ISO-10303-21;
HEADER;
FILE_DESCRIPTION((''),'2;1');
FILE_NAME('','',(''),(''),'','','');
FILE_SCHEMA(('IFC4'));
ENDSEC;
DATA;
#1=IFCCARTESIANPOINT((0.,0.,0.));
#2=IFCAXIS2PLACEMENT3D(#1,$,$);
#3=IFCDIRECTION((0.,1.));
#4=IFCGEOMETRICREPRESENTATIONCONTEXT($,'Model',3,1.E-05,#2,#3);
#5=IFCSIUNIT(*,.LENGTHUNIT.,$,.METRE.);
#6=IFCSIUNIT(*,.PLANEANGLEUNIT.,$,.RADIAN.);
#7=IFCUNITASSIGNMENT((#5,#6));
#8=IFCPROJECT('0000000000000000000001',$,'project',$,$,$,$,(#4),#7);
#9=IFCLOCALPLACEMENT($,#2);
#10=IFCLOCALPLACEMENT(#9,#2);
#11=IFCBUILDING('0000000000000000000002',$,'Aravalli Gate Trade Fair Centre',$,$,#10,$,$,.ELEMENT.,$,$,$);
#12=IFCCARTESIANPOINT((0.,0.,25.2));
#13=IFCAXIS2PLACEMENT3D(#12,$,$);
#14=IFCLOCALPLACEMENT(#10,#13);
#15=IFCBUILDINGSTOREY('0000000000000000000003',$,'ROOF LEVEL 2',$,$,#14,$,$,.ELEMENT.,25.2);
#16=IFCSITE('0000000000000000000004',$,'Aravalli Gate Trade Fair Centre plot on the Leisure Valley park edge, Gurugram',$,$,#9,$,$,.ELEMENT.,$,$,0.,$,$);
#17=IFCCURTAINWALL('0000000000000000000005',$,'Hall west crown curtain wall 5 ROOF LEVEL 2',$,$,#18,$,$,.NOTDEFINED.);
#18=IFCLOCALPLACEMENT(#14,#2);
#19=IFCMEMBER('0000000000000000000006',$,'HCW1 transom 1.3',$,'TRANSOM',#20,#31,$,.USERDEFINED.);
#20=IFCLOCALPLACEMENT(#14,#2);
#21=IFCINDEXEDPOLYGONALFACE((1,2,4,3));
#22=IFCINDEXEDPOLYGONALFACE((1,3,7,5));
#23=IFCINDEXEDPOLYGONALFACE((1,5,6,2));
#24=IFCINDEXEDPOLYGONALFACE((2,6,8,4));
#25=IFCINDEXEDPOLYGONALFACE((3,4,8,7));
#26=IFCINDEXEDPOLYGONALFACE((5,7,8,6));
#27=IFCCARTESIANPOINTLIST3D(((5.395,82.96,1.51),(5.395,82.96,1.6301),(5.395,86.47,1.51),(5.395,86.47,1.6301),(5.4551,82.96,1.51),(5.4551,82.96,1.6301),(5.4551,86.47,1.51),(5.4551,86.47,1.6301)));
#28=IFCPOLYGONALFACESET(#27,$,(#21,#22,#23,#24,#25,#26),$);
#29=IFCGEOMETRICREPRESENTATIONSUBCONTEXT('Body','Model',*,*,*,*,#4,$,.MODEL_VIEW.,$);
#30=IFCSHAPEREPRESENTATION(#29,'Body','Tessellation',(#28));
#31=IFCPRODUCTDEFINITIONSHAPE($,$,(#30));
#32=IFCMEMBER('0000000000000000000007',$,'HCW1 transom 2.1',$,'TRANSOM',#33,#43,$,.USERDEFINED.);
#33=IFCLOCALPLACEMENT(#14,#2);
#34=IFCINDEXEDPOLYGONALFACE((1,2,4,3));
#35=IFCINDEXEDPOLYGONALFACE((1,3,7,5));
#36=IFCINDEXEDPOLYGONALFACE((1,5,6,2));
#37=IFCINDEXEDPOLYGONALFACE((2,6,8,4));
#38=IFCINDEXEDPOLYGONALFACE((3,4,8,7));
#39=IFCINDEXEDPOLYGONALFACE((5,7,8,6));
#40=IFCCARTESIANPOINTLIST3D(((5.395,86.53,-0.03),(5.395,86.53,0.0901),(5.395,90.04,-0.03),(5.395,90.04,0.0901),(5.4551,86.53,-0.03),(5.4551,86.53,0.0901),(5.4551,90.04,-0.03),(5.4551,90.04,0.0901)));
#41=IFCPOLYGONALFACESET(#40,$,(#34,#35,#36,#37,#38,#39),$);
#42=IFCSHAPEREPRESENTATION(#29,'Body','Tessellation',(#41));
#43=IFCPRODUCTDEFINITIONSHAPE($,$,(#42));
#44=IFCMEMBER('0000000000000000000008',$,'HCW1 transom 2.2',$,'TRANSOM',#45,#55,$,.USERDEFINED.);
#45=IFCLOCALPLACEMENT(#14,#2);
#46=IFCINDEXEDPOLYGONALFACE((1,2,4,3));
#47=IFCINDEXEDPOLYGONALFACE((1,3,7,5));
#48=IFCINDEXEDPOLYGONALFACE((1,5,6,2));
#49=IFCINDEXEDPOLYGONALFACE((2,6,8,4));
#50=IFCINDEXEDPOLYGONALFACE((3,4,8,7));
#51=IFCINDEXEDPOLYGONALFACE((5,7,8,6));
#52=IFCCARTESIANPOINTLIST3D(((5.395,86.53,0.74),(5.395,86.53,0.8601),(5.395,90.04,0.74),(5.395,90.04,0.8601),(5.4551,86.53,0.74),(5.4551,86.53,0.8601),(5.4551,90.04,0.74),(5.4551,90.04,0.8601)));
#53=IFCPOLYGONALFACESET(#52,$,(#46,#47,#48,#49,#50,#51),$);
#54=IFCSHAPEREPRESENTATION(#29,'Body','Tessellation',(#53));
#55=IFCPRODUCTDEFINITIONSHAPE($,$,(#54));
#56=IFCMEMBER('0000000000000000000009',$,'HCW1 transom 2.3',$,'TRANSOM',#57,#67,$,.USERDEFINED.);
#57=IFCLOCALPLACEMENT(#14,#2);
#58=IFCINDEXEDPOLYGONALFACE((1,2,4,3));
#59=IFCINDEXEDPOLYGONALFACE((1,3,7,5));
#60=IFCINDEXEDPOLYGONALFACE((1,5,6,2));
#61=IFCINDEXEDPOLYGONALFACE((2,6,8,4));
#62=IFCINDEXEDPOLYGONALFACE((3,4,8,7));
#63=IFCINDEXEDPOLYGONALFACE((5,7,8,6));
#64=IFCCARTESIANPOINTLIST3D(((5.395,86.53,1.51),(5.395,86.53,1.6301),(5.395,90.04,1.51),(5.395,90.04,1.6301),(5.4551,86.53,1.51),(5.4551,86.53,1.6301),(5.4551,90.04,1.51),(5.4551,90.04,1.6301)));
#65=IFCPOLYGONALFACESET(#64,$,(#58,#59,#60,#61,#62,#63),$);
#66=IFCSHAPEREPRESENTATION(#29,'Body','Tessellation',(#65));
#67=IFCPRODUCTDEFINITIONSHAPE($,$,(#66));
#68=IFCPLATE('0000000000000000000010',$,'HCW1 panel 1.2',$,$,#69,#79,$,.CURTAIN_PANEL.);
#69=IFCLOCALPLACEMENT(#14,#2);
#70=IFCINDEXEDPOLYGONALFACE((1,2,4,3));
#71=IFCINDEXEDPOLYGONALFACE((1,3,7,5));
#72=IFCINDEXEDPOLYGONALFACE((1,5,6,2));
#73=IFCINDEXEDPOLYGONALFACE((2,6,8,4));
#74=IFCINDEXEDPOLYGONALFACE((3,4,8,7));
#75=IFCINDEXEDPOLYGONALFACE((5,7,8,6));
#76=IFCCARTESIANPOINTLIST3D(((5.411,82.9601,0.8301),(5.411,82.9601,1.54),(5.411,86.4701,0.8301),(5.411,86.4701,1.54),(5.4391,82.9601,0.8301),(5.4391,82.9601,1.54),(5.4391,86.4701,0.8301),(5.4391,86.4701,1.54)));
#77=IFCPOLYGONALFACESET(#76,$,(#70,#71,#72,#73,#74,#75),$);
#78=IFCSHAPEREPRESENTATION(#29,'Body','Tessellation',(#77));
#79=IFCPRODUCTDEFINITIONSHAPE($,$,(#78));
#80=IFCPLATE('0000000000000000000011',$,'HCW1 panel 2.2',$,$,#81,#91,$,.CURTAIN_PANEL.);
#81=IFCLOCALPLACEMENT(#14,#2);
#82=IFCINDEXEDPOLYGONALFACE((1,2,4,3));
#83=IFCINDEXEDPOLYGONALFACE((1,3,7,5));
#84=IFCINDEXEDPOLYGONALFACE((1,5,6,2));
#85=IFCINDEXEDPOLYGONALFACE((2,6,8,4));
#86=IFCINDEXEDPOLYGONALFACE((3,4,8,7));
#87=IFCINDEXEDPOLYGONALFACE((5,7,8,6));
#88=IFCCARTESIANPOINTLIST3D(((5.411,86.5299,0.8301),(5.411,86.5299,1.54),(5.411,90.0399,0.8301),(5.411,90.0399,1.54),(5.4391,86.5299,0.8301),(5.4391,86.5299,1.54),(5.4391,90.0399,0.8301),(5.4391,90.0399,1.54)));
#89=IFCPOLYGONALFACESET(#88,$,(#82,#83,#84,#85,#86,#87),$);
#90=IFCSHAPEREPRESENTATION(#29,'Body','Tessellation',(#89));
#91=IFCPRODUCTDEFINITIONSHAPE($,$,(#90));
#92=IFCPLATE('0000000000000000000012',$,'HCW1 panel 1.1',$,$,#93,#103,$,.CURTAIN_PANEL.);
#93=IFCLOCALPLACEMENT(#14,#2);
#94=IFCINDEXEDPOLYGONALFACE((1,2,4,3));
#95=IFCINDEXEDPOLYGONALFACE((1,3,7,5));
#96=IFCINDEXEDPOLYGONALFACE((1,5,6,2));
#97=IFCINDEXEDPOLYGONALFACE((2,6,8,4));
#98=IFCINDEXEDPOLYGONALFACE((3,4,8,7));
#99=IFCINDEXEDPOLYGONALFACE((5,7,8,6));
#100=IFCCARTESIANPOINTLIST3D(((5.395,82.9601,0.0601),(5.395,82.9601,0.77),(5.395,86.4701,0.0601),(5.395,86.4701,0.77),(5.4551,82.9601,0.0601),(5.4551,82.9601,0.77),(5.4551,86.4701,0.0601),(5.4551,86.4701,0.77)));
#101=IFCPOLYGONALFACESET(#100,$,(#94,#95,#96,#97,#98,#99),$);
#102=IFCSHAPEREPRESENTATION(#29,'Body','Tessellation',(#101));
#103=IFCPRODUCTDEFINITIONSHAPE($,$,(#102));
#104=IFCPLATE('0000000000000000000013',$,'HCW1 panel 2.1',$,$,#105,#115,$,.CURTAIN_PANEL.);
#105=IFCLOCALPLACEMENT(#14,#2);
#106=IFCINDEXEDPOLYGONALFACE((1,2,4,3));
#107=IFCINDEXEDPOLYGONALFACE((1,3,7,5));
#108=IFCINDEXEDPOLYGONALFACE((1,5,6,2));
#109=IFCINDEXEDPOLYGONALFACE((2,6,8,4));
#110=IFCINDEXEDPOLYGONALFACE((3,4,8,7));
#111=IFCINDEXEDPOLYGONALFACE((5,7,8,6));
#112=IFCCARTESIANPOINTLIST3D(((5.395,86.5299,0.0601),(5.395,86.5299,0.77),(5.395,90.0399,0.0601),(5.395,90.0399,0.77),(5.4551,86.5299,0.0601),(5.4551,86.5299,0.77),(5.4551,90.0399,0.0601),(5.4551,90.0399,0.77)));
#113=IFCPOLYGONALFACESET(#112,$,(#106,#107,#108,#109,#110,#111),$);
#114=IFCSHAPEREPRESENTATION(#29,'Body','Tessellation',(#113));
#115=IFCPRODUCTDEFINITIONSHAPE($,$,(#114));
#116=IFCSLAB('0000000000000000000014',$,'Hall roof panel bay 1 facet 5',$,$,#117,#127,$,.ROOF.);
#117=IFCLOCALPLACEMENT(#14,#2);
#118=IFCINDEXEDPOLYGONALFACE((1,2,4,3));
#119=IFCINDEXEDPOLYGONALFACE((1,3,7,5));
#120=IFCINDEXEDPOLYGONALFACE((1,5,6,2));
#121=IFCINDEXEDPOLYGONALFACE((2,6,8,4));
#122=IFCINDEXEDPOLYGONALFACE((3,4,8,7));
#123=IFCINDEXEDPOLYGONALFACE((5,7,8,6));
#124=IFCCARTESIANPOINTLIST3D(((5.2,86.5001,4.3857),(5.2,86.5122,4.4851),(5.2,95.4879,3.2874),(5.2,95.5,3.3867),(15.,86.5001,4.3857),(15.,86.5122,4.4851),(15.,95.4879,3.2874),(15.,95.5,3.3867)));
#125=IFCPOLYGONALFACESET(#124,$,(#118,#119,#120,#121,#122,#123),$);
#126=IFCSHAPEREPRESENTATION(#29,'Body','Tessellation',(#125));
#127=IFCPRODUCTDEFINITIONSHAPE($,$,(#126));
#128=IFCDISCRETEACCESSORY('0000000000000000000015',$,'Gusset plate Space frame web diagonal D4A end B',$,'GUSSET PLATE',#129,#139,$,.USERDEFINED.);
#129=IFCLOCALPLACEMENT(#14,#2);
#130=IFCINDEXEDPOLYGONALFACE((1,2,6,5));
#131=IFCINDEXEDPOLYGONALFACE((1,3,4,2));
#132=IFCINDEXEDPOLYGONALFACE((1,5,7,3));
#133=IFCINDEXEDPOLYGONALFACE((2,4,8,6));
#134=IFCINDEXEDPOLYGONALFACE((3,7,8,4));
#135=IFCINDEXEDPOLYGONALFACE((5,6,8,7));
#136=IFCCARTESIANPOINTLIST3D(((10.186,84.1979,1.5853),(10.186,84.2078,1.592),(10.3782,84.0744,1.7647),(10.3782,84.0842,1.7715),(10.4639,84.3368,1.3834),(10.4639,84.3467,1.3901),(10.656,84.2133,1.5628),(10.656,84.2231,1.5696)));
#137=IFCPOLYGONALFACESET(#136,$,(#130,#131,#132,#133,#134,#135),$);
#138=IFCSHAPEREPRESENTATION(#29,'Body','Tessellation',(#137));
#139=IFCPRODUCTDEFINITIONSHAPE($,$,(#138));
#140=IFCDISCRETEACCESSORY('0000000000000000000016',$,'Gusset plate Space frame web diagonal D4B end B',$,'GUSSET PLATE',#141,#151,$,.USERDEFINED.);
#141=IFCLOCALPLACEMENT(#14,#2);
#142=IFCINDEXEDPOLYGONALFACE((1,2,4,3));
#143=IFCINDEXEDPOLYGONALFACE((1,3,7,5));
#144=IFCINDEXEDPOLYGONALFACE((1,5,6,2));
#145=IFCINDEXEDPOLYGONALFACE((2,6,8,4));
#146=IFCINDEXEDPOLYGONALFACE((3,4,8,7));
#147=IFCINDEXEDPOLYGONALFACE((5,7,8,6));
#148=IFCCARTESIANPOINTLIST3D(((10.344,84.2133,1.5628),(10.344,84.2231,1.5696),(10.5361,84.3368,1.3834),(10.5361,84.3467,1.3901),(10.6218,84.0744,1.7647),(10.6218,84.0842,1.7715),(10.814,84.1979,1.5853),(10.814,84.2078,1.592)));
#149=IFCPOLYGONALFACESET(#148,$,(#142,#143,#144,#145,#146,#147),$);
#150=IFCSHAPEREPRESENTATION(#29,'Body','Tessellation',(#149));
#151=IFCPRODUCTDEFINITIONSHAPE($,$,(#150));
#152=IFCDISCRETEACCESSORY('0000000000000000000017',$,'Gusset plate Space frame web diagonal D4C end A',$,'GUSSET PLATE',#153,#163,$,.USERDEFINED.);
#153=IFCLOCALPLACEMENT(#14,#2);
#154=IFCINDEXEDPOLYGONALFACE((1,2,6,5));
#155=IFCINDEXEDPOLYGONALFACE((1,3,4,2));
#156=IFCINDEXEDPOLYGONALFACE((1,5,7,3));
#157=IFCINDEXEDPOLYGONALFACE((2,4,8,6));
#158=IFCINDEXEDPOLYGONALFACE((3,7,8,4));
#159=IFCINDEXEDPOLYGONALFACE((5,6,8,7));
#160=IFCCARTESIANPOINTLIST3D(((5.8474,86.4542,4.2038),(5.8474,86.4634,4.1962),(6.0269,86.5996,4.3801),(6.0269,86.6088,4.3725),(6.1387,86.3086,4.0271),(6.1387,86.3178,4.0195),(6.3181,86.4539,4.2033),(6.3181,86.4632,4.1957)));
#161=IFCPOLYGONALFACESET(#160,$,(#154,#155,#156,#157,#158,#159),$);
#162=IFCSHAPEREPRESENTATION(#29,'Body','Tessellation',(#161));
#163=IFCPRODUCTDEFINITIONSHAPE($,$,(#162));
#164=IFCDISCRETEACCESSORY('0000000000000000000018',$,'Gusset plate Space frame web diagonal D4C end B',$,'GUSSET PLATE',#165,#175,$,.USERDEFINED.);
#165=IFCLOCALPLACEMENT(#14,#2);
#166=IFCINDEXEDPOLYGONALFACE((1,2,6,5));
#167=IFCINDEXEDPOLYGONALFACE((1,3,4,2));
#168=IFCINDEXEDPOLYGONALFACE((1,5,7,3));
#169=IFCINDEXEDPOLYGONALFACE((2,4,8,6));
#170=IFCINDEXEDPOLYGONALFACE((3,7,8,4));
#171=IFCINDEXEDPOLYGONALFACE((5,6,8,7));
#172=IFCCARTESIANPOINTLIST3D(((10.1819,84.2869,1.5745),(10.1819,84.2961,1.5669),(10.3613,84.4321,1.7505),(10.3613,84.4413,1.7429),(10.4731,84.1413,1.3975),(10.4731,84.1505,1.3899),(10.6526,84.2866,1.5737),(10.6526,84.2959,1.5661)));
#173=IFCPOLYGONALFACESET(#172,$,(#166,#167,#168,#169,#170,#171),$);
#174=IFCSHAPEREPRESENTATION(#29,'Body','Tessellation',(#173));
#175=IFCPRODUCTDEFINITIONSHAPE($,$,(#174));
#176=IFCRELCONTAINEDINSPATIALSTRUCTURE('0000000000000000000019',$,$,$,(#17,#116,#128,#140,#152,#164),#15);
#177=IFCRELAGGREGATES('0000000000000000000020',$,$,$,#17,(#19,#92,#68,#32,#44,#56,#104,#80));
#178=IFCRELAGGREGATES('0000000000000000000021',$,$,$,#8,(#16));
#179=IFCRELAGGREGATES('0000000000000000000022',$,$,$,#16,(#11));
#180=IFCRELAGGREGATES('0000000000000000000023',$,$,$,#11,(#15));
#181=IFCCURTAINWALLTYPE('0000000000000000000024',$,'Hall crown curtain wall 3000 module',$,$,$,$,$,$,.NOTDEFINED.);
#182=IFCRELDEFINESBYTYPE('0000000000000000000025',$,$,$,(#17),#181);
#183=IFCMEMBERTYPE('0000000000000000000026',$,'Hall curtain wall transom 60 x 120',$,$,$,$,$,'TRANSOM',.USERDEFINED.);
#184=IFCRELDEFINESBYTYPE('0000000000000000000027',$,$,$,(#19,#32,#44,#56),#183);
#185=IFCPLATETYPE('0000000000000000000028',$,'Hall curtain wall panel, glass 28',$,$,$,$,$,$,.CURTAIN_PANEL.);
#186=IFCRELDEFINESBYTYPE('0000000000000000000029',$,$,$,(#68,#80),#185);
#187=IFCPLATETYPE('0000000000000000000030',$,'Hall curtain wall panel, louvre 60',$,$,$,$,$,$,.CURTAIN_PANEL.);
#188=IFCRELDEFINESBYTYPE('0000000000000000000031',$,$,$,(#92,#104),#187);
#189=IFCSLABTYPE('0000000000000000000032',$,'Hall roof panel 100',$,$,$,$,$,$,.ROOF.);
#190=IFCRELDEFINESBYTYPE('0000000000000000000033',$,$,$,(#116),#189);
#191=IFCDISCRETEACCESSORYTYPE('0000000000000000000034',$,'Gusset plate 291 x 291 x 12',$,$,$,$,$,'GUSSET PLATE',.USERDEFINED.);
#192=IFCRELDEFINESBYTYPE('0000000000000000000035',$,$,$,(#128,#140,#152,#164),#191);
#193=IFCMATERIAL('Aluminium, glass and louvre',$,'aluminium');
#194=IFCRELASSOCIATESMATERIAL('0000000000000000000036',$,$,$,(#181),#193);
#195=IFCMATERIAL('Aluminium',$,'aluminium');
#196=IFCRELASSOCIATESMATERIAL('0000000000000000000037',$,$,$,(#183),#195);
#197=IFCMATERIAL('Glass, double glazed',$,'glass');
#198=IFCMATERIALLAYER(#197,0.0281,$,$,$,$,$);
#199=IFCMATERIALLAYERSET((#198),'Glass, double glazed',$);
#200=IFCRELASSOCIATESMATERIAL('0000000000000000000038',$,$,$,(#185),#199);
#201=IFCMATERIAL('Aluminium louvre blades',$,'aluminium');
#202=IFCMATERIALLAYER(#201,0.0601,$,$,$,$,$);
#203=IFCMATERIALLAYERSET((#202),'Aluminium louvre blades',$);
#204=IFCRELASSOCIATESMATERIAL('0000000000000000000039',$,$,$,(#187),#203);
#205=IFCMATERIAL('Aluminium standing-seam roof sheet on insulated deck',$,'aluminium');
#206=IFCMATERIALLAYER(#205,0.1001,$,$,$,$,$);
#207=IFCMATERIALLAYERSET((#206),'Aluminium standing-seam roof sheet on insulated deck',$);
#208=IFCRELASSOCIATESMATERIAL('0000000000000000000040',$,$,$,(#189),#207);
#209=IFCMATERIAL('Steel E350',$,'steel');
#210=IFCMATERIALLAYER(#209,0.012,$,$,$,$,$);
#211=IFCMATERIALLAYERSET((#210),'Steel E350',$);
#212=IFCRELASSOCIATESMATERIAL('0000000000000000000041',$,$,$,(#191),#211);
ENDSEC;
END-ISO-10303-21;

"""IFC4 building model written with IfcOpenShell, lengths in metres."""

from ifc_helpers import new_model, si_unit, direction, frame, origin, origin_2d, place, context, subcontext, project, spatial, polyline, rectangle, outline, extrude, material, layer, layer_set, material_profile, profile_set, type_object, element, aggregate, save


model = new_model("IFC4")

# Units and contexts
model_context = context("Model", 3, precision=1e-05, world=origin(), true_north=direction((0.0, 1.0)))
body_context = subcontext(model_context, "Body", "Model", "MODEL_VIEW")
ifc_project = project(units=[si_unit("LENGTHUNIT", "METRE"), si_unit("PLANEANGLEUNIT", "RADIAN")], contexts=[model_context])

# Site, building, storey
site_placement = place(None, origin())
site = spatial("IfcSite", under=ifc_project, at=site_placement, Name="Aravalli Gate Trade Fair Centre plot on the Leisure Valley park edge, Gurugram", CompositionType="ELEMENT", RefElevation=0.0)
building_placement = place(site_placement, origin())
building = spatial("IfcBuilding", under=site, at=building_placement, Name="Aravalli Gate Trade Fair Centre", CompositionType="ELEMENT")
storey_placement = place(building_placement, frame((0.0, 0.0, 25.2)))
storey = spatial("IfcBuildingStorey", under=building, at=storey_placement, Name="ROOF LEVEL 2", CompositionType="ELEMENT", Elevation=25.2)

# Shared definitions
ifc_material_1 = material(Name="Steel E350", Category="steel")

# Curtain wall, members, plates
ifc_material_2 = material(Name="Aluminium, glass and louvre", Category="aluminium")
curtain_wall_type = type_object("IfcCurtainWallType", Name="Hall crown curtain wall 3000 module", PredefinedType="NOTDEFINED", material=ifc_material_2)
curtain_wall_placement = place(storey_placement, origin())
curtain_wall = element("IfcCurtainWall", 1, at=curtain_wall_placement, inside=storey, type_object=curtain_wall_type, Name="Hall west crown curtain wall 5 ROOF LEVEL 2", PredefinedType="NOTDEFINED")
ifc_material_3 = material(Name="Aluminium", Category="aluminium")
ifc_material_profile_1 = material_profile(ifc_material_3, rectangle(XDim=0.0601, YDim=0.1201, at=origin_2d()), Name="Hall curtain wall transom 60 x 120")
ifc_profile_set_1 = profile_set([ifc_material_profile_1], Name="Aluminium")
member_type_1 = type_object("IfcMemberType", Name="Hall curtain wall transom 60 x 120", ElementType="TRANSOM", PredefinedType="USERDEFINED", material=ifc_profile_set_1)
member_1_placement = place(storey_placement, frame((5.425, 82.96, 1.5701), z_axis=(0.0, 1.0, 0.0), x_axis=(-1.0, 0.0, 0.0)))
member_1 = element("IfcMember", 2, at=member_1_placement, type_object=member_type_1, Name="HCW1 transom 1.3", ObjectType="TRANSOM", PredefinedType="USERDEFINED", context=body_context, shape_type="SweptSolid", body=[
    extrude(rectangle(XDim=0.0601, YDim=0.1201, at=origin_2d()), origin(), (0.0, 0.0, 1.0), 3.51),
])
member_2_placement = place(storey_placement, frame((5.425, 86.53, 0.03), z_axis=(0.0, 1.0, 0.0), x_axis=(-1.0, 0.0, 0.0)))
member_2 = element("IfcMember", 3, at=member_2_placement, type_object=member_type_1, Name="HCW1 transom 2.1", ObjectType="TRANSOM", PredefinedType="USERDEFINED", context=body_context, shape_type="SweptSolid", body=[
    extrude(rectangle(XDim=0.0601, YDim=0.1201, at=origin_2d()), origin(), (0.0, 0.0, 1.0), 3.51),
])
member_3_placement = place(storey_placement, frame((5.425, 86.53, 0.8), z_axis=(0.0, 1.0, 0.0), x_axis=(-1.0, 0.0, 0.0)))
member_3 = element("IfcMember", 4, at=member_3_placement, type_object=member_type_1, Name="HCW1 transom 2.2", ObjectType="TRANSOM", PredefinedType="USERDEFINED", context=body_context, shape_type="SweptSolid", body=[
    extrude(rectangle(XDim=0.0601, YDim=0.1201, at=origin_2d()), origin(), (0.0, 0.0, 1.0), 3.51),
])
member_4_placement = place(storey_placement, frame((5.425, 86.53, 1.5701), z_axis=(0.0, 1.0, 0.0), x_axis=(-1.0, 0.0, 0.0)))
member_4 = element("IfcMember", 5, at=member_4_placement, type_object=member_type_1, Name="HCW1 transom 2.3", ObjectType="TRANSOM", PredefinedType="USERDEFINED", context=body_context, shape_type="SweptSolid", body=[
    extrude(rectangle(XDim=0.0601, YDim=0.1201, at=origin_2d()), origin(), (0.0, 0.0, 1.0), 3.51),
])
ifc_material_4 = material(Name="Glass, double glazed", Category="glass")
ifc_layer_1 = layer(ifc_material_4, 0.0281)
ifc_layer_set_1 = layer_set([ifc_layer_1], Name="Glass, double glazed")
plate_type_1 = type_object("IfcPlateType", Name="Hall curtain wall panel, glass 28", PredefinedType="CURTAIN_PANEL", material=ifc_layer_set_1)
plate_1_placement = place(storey_placement, frame((5.425, 84.7151, 0.8301), z_axis=(0.0, 0.0, 1.0), x_axis=(0.0, 1.0, 0.0)))
plate_1 = element("IfcPlate", 6, at=plate_1_placement, type_object=plate_type_1, Name="HCW1 panel 1.2", PredefinedType="CURTAIN_PANEL", context=body_context, shape_type="SweptSolid", body=[
    extrude(rectangle(XDim=3.51, YDim=0.0281, at=origin_2d()), origin(), (0.0, 0.0, 1.0), 0.71),
])
plate_2_placement = place(storey_placement, frame((5.425, 88.2849, 0.8301), z_axis=(0.0, 0.0, 1.0), x_axis=(0.0, 1.0, 0.0)))
plate_2 = element("IfcPlate", 7, at=plate_2_placement, type_object=plate_type_1, Name="HCW1 panel 2.2", PredefinedType="CURTAIN_PANEL", context=body_context, shape_type="SweptSolid", body=[
    extrude(rectangle(XDim=3.51, YDim=0.0281, at=origin_2d()), origin(), (0.0, 0.0, 1.0), 0.71),
])
ifc_material_5 = material(Name="Aluminium louvre blades", Category="aluminium")
ifc_layer_2 = layer(ifc_material_5, 0.0601)
ifc_layer_set_2 = layer_set([ifc_layer_2], Name="Aluminium louvre blades")
plate_type_2 = type_object("IfcPlateType", Name="Hall curtain wall panel, louvre 60", PredefinedType="CURTAIN_PANEL", material=ifc_layer_set_2)
plate_3_placement = place(storey_placement, frame((5.425, 84.7151, 0.0601), z_axis=(0.0, 0.0, 1.0), x_axis=(0.0, 1.0, 0.0)))
plate_3 = element("IfcPlate", 8, at=plate_3_placement, type_object=plate_type_2, Name="HCW1 panel 1.1", PredefinedType="CURTAIN_PANEL", context=body_context, shape_type="SweptSolid", body=[
    extrude(rectangle(XDim=3.51, YDim=0.0601, at=origin_2d()), origin(), (0.0, 0.0, 1.0), 0.71),
])
plate_4_placement = place(storey_placement, frame((5.425, 88.2849, 0.0601), z_axis=(0.0, 0.0, 1.0), x_axis=(0.0, 1.0, 0.0)))
plate_4 = element("IfcPlate", 9, at=plate_4_placement, type_object=plate_type_2, Name="HCW1 panel 2.1", PredefinedType="CURTAIN_PANEL", context=body_context, shape_type="SweptSolid", body=[
    extrude(rectangle(XDim=3.51, YDim=0.0601, at=origin_2d()), origin(), (0.0, 0.0, 1.0), 0.71),
])
aggregate(curtain_wall, [member_1, plate_3, plate_1, member_2, member_3, member_4, plate_4, plate_2])

# Slab
ifc_material_6 = material(Name="Aluminium standing-seam roof sheet on insulated deck", Category="aluminium")
ifc_layer_3 = layer(ifc_material_6, 0.1001)
ifc_layer_set_3 = layer_set([ifc_layer_3], Name="Aluminium standing-seam roof sheet on insulated deck")
slab_type = type_object("IfcSlabType", Name="Hall roof panel 100", PredefinedType="ROOF", material=ifc_layer_set_3)
slab_placement = place(storey_placement, frame((5.2, 86.5122, 4.4851), z_axis=(0.0, 0.121306, 0.992615), x_axis=(1.0, 0.0, 0.0)))
element("IfcSlab", 10, at=slab_placement, inside=storey, type_object=slab_type, Name="Hall roof panel bay 1 facet 5", PredefinedType="ROOF", context=body_context, shape_type="SweptSolid", body=[
    extrude(outline(polyline([(0.0, 0.0), (9.8, 0.0), (9.8, 9.0547), (0.0, 9.0547), (0.0, 0.0)])), origin(), (0.0, 0.0, -1.0), 0.1001),
])

# Discrete accessories
ifc_layer_4 = layer(ifc_material_1, 0.012)
ifc_layer_set_4 = layer_set([ifc_layer_4], Name="Steel E350")
discrete_accessory_type = type_object("IfcDiscreteAccessoryType", Name="Gusset plate 291 x 291 x 12", ElementType="GUSSET PLATE", PredefinedType="USERDEFINED", material=ifc_layer_set_4)
discrete_accessory_1_placement = place(storey_placement, frame((10.186, 84.2078, 1.592), z_axis=(0.000137, 0.82375, 0.566952), x_axis=(0.749929, 0.374965, -0.544984)))
element("IfcDiscreteAccessory", 11, at=discrete_accessory_1_placement, inside=storey, type_object=discrete_accessory_type, Name="Gusset plate Space frame web diagonal D4A end B", ObjectType="GUSSET PLATE", PredefinedType="USERDEFINED", context=body_context, shape_type="SweptSolid", body=[
    extrude(outline(polyline([(0.0, 0.0), (0.3705, 0.0), (0.3705, -0.2905), (0.0, -0.2905), (0.0, 0.0)])), origin(), (0.0, 0.0, -1.0), 0.012),
])
discrete_accessory_2_placement = place(storey_placement, frame((10.6218, 84.0842, 1.7715), z_axis=(-0.000137, 0.82375, 0.566952), x_axis=(-0.749929, 0.374965, -0.544984)))
element("IfcDiscreteAccessory", 12, at=discrete_accessory_2_placement, inside=storey, type_object=discrete_accessory_type, Name="Gusset plate Space frame web diagonal D4B end B", ObjectType="GUSSET PLATE", PredefinedType="USERDEFINED", context=body_context, shape_type="SweptSolid", body=[
    extrude(outline(polyline([(0.0, 0.0), (0.3705, 0.0), (0.3705, -0.2905), (0.0, -0.2905), (0.0, 0.0)])), origin(), (0.0, 0.0, -1.0), 0.012),
])
discrete_accessory_3_placement = place(storey_placement, frame((6.1387, 86.3086, 4.0271), z_axis=(0.00026, -0.771582, 0.63613), x_axis=(-0.78619, 0.392962, 0.476956)))
element("IfcDiscreteAccessory", 13, at=discrete_accessory_3_placement, inside=storey, type_object=discrete_accessory_type, Name="Gusset plate Space frame web diagonal D4C end A", ObjectType="GUSSET PLATE", PredefinedType="USERDEFINED", context=body_context, shape_type="SweptSolid", body=[
    extrude(outline(polyline([(0.0, 0.0), (0.3705, 0.0), (0.3706, -0.2906), (0.0001, -0.2905), (0.0, 0.0)])), origin(), (0.0, 0.0, -1.0), 0.012),
])
discrete_accessory_4_placement = place(storey_placement, frame((10.1819, 84.2869, 1.5745), z_axis=(0.000589, -0.771792, 0.635874), x_axis=(0.785943, -0.392803, -0.477493)))
element("IfcDiscreteAccessory", 14, at=discrete_accessory_4_placement, inside=storey, type_object=discrete_accessory_type, Name="Gusset plate Space frame web diagonal D4C end B", ObjectType="GUSSET PLATE", PredefinedType="USERDEFINED", context=body_context, shape_type="SweptSolid", body=[
    extrude(outline(polyline([(0.0, 0.0), (0.3706, 0.0), (0.3704, 0.2905), (-0.0001, 0.2903), (0.0, 0.0)])), origin(), (0.0, 0.0, -1.0), 0.012),
])

save(model, "model.ifc")
